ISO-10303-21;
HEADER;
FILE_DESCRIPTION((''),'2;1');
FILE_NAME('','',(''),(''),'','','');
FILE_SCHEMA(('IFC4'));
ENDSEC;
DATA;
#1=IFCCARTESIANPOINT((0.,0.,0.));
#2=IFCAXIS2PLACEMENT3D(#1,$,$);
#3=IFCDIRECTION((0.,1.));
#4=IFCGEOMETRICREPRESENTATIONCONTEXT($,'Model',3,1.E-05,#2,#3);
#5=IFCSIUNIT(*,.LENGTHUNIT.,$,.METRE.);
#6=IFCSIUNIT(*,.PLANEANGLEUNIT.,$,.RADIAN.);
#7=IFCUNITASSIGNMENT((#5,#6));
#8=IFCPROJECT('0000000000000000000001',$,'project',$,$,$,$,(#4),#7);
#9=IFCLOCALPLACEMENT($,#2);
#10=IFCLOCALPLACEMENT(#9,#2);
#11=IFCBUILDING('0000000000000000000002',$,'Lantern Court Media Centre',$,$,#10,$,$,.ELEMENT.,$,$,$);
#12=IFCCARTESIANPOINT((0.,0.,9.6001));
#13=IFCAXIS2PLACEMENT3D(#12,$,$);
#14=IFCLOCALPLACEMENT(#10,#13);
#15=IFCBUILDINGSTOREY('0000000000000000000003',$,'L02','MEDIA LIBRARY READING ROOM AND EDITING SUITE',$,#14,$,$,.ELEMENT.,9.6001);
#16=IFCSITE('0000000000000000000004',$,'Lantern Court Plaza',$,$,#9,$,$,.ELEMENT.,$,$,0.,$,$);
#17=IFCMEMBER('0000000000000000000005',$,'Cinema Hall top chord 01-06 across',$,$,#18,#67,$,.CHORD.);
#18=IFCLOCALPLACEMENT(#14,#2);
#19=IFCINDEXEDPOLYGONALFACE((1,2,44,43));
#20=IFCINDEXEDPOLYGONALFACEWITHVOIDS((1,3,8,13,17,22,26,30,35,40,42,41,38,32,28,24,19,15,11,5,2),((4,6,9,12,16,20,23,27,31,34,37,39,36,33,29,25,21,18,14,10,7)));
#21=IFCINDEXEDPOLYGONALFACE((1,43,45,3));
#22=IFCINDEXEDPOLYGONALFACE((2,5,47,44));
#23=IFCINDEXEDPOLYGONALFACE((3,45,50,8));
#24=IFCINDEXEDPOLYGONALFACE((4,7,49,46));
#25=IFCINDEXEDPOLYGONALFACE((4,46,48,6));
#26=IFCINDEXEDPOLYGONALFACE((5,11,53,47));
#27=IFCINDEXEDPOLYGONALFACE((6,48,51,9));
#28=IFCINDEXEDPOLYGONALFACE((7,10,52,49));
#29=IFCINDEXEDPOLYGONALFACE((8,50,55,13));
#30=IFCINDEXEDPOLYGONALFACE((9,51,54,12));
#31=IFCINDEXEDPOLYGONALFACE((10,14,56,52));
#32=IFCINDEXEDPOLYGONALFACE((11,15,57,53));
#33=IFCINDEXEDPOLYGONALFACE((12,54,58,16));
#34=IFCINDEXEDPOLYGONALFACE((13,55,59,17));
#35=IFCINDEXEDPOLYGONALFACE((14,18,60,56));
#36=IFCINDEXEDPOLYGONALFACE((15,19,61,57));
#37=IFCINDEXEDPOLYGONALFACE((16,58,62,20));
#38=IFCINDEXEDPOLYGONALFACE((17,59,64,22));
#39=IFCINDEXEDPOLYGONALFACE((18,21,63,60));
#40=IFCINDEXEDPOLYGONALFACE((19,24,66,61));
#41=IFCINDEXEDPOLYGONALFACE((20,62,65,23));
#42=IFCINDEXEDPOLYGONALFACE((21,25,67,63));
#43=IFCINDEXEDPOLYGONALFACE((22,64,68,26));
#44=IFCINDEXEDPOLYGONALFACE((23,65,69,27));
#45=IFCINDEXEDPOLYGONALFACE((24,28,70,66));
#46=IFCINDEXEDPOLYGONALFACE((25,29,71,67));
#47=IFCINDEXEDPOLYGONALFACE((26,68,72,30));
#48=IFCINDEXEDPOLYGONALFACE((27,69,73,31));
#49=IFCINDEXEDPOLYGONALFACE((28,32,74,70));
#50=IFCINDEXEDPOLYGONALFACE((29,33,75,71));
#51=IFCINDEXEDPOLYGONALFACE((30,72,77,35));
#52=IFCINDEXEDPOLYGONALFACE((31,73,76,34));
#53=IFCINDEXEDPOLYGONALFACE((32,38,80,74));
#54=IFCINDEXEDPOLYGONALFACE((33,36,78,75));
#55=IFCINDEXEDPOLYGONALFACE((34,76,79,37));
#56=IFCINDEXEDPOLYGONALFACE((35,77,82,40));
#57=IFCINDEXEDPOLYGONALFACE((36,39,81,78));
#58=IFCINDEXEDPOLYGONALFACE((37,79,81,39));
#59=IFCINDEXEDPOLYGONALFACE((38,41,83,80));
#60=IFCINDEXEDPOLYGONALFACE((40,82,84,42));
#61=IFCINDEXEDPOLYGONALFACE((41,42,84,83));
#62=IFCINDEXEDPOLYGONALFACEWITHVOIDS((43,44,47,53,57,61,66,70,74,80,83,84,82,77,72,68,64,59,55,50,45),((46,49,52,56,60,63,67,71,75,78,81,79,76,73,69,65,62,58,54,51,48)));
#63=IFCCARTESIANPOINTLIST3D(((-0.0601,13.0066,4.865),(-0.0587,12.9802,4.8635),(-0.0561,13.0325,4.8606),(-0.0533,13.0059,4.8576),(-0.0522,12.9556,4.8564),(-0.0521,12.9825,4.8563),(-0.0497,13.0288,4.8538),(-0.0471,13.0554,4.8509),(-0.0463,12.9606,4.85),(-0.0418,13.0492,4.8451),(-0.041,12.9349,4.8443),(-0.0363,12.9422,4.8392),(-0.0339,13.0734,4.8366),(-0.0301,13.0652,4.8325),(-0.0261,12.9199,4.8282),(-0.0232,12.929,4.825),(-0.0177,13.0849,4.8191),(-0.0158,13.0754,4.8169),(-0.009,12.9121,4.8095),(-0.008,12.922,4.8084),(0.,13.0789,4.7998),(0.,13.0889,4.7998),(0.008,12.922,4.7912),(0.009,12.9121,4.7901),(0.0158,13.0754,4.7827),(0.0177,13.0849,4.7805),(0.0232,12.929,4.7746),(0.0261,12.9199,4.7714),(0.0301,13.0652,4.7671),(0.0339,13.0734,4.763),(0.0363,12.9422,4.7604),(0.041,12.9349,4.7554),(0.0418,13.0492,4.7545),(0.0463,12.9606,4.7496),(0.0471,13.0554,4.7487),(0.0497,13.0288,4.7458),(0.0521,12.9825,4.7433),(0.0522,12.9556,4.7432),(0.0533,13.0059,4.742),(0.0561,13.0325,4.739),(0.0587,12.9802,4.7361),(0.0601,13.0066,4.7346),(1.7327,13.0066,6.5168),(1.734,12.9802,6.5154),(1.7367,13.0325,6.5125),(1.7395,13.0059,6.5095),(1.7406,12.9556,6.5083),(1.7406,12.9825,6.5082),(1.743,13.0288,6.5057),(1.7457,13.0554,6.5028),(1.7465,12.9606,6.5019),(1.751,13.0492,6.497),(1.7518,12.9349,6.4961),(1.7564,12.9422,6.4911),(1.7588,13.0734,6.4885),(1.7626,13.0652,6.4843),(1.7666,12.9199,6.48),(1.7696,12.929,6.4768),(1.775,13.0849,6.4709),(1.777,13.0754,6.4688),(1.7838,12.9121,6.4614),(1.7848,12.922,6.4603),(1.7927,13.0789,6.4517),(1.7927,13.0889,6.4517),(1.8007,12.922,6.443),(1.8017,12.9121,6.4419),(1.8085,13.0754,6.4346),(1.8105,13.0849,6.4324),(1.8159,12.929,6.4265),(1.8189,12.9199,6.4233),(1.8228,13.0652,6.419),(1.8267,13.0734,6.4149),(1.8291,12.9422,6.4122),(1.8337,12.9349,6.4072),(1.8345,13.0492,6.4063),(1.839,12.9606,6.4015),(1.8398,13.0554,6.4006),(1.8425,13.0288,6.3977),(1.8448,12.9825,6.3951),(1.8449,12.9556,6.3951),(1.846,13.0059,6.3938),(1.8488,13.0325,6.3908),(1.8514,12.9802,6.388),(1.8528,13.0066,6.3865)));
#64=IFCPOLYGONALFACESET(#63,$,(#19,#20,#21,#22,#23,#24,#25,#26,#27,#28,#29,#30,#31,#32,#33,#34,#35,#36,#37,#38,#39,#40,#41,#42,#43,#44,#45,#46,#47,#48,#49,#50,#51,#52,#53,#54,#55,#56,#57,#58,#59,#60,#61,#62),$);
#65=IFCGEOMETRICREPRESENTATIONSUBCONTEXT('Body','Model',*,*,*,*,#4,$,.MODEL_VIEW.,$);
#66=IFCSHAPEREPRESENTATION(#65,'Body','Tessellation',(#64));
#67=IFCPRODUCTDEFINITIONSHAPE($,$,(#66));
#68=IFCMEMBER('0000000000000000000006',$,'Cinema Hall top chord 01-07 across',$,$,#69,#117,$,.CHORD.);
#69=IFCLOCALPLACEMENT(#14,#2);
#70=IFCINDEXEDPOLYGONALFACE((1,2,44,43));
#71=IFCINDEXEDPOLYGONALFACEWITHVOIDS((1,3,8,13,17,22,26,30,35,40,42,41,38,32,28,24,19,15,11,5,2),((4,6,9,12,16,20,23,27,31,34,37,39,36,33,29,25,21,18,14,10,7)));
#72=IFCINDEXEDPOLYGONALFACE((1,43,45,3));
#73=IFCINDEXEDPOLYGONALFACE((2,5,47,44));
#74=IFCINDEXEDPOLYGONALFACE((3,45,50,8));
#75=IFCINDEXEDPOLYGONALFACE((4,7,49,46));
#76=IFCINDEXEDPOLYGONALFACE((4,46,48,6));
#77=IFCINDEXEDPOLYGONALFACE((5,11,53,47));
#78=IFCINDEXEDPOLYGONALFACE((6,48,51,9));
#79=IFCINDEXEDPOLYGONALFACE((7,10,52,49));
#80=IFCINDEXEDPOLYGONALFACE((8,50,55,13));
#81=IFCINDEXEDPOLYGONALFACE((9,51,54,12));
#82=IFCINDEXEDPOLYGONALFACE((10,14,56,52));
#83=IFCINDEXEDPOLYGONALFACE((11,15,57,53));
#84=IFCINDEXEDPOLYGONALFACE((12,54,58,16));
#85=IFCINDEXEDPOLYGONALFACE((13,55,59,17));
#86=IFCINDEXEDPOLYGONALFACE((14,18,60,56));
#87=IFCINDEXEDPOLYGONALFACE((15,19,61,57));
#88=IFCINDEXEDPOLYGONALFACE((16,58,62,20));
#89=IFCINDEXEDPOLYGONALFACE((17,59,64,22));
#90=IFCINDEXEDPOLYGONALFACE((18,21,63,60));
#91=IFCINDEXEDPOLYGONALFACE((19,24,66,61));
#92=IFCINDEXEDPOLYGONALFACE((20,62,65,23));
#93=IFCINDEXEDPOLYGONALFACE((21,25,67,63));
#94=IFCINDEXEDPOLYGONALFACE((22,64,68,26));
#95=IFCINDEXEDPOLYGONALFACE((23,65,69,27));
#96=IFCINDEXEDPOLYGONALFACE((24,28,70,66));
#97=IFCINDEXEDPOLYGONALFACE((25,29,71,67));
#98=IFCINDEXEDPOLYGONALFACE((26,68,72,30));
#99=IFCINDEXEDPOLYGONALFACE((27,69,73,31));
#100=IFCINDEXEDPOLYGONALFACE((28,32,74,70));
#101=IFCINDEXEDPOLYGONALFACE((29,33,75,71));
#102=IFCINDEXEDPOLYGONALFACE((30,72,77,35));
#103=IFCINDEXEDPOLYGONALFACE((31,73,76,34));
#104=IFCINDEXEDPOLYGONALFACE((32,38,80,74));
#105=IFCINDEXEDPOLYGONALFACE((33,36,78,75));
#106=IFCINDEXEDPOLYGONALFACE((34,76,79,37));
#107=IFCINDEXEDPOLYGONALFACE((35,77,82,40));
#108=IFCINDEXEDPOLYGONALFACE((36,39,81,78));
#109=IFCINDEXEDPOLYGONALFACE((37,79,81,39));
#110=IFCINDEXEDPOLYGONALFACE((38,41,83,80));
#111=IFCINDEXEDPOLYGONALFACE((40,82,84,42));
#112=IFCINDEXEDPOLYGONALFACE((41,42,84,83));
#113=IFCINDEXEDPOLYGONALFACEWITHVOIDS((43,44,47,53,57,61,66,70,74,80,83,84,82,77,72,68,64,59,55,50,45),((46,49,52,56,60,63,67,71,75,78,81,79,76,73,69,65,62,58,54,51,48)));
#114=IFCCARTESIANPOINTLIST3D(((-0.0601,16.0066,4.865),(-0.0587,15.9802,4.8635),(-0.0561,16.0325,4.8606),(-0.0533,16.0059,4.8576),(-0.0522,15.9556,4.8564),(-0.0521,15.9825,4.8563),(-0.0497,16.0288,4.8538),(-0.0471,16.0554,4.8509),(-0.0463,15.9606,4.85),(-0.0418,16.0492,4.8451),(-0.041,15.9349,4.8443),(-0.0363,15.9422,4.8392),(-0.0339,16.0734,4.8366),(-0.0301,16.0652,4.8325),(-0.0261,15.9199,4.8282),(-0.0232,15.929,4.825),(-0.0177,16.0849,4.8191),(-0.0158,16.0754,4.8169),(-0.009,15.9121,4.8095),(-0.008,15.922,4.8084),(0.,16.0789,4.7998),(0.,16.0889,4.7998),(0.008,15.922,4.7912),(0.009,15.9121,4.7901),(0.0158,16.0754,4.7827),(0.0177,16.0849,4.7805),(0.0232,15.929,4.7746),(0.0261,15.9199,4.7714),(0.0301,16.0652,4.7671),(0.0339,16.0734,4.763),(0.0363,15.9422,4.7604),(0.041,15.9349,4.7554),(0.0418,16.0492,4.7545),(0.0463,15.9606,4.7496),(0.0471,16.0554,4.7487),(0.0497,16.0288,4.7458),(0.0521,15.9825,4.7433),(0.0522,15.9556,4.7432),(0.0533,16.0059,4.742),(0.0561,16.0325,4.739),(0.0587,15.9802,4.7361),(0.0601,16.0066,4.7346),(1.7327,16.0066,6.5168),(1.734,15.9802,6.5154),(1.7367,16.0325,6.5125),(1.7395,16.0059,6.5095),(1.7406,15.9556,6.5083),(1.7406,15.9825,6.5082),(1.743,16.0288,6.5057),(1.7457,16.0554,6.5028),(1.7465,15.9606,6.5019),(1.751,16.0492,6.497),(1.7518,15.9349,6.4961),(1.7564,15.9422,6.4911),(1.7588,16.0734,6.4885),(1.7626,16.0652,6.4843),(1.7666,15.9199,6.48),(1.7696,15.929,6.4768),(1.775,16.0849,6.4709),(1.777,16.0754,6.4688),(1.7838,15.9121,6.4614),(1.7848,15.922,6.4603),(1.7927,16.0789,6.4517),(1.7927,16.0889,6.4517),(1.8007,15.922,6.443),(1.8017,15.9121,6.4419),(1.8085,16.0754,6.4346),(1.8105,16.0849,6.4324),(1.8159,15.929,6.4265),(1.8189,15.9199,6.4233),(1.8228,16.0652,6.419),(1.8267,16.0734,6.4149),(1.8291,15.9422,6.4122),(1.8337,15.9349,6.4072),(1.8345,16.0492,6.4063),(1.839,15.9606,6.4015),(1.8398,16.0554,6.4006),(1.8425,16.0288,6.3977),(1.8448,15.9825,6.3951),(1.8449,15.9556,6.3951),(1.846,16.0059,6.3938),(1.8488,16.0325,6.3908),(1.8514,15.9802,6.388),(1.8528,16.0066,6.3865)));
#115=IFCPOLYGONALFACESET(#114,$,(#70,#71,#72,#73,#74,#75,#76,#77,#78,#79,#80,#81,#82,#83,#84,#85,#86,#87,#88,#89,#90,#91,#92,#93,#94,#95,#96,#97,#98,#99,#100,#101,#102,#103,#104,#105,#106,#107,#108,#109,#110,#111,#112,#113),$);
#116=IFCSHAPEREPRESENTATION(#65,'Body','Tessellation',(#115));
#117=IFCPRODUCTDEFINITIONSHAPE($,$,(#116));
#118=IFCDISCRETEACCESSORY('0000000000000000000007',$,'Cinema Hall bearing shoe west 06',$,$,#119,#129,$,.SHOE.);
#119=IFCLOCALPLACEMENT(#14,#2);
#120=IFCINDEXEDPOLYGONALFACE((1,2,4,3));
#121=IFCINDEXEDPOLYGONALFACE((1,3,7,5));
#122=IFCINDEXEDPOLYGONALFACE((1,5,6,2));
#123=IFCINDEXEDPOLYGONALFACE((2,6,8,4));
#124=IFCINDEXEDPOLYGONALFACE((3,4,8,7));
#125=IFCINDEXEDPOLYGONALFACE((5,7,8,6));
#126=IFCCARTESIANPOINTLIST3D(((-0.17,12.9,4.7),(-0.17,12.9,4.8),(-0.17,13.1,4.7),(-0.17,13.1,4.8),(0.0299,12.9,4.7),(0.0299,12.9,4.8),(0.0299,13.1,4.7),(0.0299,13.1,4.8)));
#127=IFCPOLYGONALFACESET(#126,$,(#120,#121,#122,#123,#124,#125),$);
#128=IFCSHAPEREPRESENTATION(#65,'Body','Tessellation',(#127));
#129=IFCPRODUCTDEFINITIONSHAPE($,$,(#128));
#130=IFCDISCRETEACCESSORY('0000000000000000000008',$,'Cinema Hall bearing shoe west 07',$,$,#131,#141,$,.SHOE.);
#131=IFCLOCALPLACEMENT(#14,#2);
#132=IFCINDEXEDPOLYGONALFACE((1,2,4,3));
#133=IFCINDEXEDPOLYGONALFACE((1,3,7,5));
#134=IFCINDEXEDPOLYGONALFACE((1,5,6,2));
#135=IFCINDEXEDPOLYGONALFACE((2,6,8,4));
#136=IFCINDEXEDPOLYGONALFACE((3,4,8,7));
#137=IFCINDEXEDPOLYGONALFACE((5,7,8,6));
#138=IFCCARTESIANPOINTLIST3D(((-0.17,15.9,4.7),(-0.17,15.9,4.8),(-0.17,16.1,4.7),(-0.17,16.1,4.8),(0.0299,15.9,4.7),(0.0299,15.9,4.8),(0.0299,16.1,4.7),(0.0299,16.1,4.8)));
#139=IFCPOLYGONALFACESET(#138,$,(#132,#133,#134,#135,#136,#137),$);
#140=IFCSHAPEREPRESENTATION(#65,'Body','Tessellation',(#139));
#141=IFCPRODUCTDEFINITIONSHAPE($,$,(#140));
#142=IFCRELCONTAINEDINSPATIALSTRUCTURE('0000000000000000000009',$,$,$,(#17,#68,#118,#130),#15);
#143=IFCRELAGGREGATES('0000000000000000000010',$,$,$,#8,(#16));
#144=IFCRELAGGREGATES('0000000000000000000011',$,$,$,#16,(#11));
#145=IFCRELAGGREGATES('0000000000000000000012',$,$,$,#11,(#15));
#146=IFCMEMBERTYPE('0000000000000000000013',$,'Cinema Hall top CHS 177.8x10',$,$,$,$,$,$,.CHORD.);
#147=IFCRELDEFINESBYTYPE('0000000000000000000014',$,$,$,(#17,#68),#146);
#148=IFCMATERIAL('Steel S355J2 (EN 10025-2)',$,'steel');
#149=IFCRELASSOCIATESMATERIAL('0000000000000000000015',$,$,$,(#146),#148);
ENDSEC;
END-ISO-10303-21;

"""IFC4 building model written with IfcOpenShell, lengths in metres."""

from ifc_helpers import new_model, si_unit, direction, frame, origin, origin_2d, place, context, subcontext, project, spatial, rectangle, hollow_circle, extrude, material, material_profile, profile_set, type_object, element, save


model = new_model("IFC4")

# Units and contexts
model_context = context("Model", 3, precision=1e-05, world=origin(), true_north=direction((0.0, 1.0)))
body_context = subcontext(model_context, "Body", "Model", "MODEL_VIEW")
ifc_project = project(units=[si_unit("LENGTHUNIT", "METRE"), si_unit("PLANEANGLEUNIT", "RADIAN")], contexts=[model_context])

# Site, building, storey
site_placement = place(None, origin())
site = spatial("IfcSite", under=ifc_project, at=site_placement, Name="Lantern Court Plaza", CompositionType="ELEMENT", RefElevation=0.0)
building_placement = place(site_placement, origin())
building = spatial("IfcBuilding", under=site, at=building_placement, Name="Lantern Court Media Centre", CompositionType="ELEMENT")
storey_placement = place(building_placement, frame((0.0, 0.0, 9.6001)))
storey = spatial("IfcBuildingStorey", under=building, at=storey_placement, Name="L02", Description="MEDIA LIBRARY READING ROOM AND EDITING SUITE", CompositionType="ELEMENT", Elevation=9.6001)

# Shared definitions
ifc_material = material(Name="Steel S355J2 (EN 10025-2)", Category="steel")

# Members
ifc_material_profile_1 = material_profile(ifc_material, hollow_circle(Radius=0.0889, WallThickness=0.01, at=origin_2d()), Name="Cinema Hall top CHS 177.8x10")
ifc_profile_set_1 = profile_set([ifc_material_profile_1], Name="Steel S355J2 (EN 10025-2)")
member_type_1 = type_object("IfcMemberType", Name="Cinema Hall top CHS 177.8x10", PredefinedType="CHORD", material=ifc_profile_set_1)
for number, where, z_axis, x_axis, name in (
    (1, (0.0, 13.0, 4.7998), (0.73541, 0.0, 0.677623), (0.0, 1.0, 0.0), "Cinema Hall top chord 01-06 across"),
    (2, (0.0, 16.0, 4.7998), (0.73541, 0.0, 0.677623), (0.0, 1.0, 0.0), "Cinema Hall top chord 01-07 across"),
):
    element("IfcMember", number, at=place(storey_placement, frame(where, z_axis=z_axis, x_axis=x_axis)), inside=storey, type_object=member_type_1, Name=name, PredefinedType="CHORD", context=body_context, shape_type="SweptSolid", body=[
        extrude(hollow_circle(Radius=0.0889, WallThickness=0.01, at=origin_2d()), origin(), (0.0, 0.0, 1.0), 2.4377),
    ])

# Discrete accessories
for number, where, z_axis, x_axis, name in (
    (3, (-0.0701, 13.0, 4.7), (0.0, 0.0, 1.0), (1.0, 0.0, 0.0), "Cinema Hall bearing shoe west 06"),
    (4, (-0.0701, 16.0, 4.7), (0.0, 0.0, 1.0), (1.0, 0.0, 0.0), "Cinema Hall bearing shoe west 07"),
):
    element("IfcDiscreteAccessory", number, at=place(storey_placement, frame(where, z_axis=z_axis, x_axis=x_axis)), inside=storey, Name=name, PredefinedType="SHOE", context=body_context, shape_type="SweptSolid", body=[
        extrude(rectangle(XDim=0.2, YDim=0.2, at=origin_2d()), origin(), (0.0, 0.0, 1.0), 0.1001),
    ])

save(model, "model.ifc")
